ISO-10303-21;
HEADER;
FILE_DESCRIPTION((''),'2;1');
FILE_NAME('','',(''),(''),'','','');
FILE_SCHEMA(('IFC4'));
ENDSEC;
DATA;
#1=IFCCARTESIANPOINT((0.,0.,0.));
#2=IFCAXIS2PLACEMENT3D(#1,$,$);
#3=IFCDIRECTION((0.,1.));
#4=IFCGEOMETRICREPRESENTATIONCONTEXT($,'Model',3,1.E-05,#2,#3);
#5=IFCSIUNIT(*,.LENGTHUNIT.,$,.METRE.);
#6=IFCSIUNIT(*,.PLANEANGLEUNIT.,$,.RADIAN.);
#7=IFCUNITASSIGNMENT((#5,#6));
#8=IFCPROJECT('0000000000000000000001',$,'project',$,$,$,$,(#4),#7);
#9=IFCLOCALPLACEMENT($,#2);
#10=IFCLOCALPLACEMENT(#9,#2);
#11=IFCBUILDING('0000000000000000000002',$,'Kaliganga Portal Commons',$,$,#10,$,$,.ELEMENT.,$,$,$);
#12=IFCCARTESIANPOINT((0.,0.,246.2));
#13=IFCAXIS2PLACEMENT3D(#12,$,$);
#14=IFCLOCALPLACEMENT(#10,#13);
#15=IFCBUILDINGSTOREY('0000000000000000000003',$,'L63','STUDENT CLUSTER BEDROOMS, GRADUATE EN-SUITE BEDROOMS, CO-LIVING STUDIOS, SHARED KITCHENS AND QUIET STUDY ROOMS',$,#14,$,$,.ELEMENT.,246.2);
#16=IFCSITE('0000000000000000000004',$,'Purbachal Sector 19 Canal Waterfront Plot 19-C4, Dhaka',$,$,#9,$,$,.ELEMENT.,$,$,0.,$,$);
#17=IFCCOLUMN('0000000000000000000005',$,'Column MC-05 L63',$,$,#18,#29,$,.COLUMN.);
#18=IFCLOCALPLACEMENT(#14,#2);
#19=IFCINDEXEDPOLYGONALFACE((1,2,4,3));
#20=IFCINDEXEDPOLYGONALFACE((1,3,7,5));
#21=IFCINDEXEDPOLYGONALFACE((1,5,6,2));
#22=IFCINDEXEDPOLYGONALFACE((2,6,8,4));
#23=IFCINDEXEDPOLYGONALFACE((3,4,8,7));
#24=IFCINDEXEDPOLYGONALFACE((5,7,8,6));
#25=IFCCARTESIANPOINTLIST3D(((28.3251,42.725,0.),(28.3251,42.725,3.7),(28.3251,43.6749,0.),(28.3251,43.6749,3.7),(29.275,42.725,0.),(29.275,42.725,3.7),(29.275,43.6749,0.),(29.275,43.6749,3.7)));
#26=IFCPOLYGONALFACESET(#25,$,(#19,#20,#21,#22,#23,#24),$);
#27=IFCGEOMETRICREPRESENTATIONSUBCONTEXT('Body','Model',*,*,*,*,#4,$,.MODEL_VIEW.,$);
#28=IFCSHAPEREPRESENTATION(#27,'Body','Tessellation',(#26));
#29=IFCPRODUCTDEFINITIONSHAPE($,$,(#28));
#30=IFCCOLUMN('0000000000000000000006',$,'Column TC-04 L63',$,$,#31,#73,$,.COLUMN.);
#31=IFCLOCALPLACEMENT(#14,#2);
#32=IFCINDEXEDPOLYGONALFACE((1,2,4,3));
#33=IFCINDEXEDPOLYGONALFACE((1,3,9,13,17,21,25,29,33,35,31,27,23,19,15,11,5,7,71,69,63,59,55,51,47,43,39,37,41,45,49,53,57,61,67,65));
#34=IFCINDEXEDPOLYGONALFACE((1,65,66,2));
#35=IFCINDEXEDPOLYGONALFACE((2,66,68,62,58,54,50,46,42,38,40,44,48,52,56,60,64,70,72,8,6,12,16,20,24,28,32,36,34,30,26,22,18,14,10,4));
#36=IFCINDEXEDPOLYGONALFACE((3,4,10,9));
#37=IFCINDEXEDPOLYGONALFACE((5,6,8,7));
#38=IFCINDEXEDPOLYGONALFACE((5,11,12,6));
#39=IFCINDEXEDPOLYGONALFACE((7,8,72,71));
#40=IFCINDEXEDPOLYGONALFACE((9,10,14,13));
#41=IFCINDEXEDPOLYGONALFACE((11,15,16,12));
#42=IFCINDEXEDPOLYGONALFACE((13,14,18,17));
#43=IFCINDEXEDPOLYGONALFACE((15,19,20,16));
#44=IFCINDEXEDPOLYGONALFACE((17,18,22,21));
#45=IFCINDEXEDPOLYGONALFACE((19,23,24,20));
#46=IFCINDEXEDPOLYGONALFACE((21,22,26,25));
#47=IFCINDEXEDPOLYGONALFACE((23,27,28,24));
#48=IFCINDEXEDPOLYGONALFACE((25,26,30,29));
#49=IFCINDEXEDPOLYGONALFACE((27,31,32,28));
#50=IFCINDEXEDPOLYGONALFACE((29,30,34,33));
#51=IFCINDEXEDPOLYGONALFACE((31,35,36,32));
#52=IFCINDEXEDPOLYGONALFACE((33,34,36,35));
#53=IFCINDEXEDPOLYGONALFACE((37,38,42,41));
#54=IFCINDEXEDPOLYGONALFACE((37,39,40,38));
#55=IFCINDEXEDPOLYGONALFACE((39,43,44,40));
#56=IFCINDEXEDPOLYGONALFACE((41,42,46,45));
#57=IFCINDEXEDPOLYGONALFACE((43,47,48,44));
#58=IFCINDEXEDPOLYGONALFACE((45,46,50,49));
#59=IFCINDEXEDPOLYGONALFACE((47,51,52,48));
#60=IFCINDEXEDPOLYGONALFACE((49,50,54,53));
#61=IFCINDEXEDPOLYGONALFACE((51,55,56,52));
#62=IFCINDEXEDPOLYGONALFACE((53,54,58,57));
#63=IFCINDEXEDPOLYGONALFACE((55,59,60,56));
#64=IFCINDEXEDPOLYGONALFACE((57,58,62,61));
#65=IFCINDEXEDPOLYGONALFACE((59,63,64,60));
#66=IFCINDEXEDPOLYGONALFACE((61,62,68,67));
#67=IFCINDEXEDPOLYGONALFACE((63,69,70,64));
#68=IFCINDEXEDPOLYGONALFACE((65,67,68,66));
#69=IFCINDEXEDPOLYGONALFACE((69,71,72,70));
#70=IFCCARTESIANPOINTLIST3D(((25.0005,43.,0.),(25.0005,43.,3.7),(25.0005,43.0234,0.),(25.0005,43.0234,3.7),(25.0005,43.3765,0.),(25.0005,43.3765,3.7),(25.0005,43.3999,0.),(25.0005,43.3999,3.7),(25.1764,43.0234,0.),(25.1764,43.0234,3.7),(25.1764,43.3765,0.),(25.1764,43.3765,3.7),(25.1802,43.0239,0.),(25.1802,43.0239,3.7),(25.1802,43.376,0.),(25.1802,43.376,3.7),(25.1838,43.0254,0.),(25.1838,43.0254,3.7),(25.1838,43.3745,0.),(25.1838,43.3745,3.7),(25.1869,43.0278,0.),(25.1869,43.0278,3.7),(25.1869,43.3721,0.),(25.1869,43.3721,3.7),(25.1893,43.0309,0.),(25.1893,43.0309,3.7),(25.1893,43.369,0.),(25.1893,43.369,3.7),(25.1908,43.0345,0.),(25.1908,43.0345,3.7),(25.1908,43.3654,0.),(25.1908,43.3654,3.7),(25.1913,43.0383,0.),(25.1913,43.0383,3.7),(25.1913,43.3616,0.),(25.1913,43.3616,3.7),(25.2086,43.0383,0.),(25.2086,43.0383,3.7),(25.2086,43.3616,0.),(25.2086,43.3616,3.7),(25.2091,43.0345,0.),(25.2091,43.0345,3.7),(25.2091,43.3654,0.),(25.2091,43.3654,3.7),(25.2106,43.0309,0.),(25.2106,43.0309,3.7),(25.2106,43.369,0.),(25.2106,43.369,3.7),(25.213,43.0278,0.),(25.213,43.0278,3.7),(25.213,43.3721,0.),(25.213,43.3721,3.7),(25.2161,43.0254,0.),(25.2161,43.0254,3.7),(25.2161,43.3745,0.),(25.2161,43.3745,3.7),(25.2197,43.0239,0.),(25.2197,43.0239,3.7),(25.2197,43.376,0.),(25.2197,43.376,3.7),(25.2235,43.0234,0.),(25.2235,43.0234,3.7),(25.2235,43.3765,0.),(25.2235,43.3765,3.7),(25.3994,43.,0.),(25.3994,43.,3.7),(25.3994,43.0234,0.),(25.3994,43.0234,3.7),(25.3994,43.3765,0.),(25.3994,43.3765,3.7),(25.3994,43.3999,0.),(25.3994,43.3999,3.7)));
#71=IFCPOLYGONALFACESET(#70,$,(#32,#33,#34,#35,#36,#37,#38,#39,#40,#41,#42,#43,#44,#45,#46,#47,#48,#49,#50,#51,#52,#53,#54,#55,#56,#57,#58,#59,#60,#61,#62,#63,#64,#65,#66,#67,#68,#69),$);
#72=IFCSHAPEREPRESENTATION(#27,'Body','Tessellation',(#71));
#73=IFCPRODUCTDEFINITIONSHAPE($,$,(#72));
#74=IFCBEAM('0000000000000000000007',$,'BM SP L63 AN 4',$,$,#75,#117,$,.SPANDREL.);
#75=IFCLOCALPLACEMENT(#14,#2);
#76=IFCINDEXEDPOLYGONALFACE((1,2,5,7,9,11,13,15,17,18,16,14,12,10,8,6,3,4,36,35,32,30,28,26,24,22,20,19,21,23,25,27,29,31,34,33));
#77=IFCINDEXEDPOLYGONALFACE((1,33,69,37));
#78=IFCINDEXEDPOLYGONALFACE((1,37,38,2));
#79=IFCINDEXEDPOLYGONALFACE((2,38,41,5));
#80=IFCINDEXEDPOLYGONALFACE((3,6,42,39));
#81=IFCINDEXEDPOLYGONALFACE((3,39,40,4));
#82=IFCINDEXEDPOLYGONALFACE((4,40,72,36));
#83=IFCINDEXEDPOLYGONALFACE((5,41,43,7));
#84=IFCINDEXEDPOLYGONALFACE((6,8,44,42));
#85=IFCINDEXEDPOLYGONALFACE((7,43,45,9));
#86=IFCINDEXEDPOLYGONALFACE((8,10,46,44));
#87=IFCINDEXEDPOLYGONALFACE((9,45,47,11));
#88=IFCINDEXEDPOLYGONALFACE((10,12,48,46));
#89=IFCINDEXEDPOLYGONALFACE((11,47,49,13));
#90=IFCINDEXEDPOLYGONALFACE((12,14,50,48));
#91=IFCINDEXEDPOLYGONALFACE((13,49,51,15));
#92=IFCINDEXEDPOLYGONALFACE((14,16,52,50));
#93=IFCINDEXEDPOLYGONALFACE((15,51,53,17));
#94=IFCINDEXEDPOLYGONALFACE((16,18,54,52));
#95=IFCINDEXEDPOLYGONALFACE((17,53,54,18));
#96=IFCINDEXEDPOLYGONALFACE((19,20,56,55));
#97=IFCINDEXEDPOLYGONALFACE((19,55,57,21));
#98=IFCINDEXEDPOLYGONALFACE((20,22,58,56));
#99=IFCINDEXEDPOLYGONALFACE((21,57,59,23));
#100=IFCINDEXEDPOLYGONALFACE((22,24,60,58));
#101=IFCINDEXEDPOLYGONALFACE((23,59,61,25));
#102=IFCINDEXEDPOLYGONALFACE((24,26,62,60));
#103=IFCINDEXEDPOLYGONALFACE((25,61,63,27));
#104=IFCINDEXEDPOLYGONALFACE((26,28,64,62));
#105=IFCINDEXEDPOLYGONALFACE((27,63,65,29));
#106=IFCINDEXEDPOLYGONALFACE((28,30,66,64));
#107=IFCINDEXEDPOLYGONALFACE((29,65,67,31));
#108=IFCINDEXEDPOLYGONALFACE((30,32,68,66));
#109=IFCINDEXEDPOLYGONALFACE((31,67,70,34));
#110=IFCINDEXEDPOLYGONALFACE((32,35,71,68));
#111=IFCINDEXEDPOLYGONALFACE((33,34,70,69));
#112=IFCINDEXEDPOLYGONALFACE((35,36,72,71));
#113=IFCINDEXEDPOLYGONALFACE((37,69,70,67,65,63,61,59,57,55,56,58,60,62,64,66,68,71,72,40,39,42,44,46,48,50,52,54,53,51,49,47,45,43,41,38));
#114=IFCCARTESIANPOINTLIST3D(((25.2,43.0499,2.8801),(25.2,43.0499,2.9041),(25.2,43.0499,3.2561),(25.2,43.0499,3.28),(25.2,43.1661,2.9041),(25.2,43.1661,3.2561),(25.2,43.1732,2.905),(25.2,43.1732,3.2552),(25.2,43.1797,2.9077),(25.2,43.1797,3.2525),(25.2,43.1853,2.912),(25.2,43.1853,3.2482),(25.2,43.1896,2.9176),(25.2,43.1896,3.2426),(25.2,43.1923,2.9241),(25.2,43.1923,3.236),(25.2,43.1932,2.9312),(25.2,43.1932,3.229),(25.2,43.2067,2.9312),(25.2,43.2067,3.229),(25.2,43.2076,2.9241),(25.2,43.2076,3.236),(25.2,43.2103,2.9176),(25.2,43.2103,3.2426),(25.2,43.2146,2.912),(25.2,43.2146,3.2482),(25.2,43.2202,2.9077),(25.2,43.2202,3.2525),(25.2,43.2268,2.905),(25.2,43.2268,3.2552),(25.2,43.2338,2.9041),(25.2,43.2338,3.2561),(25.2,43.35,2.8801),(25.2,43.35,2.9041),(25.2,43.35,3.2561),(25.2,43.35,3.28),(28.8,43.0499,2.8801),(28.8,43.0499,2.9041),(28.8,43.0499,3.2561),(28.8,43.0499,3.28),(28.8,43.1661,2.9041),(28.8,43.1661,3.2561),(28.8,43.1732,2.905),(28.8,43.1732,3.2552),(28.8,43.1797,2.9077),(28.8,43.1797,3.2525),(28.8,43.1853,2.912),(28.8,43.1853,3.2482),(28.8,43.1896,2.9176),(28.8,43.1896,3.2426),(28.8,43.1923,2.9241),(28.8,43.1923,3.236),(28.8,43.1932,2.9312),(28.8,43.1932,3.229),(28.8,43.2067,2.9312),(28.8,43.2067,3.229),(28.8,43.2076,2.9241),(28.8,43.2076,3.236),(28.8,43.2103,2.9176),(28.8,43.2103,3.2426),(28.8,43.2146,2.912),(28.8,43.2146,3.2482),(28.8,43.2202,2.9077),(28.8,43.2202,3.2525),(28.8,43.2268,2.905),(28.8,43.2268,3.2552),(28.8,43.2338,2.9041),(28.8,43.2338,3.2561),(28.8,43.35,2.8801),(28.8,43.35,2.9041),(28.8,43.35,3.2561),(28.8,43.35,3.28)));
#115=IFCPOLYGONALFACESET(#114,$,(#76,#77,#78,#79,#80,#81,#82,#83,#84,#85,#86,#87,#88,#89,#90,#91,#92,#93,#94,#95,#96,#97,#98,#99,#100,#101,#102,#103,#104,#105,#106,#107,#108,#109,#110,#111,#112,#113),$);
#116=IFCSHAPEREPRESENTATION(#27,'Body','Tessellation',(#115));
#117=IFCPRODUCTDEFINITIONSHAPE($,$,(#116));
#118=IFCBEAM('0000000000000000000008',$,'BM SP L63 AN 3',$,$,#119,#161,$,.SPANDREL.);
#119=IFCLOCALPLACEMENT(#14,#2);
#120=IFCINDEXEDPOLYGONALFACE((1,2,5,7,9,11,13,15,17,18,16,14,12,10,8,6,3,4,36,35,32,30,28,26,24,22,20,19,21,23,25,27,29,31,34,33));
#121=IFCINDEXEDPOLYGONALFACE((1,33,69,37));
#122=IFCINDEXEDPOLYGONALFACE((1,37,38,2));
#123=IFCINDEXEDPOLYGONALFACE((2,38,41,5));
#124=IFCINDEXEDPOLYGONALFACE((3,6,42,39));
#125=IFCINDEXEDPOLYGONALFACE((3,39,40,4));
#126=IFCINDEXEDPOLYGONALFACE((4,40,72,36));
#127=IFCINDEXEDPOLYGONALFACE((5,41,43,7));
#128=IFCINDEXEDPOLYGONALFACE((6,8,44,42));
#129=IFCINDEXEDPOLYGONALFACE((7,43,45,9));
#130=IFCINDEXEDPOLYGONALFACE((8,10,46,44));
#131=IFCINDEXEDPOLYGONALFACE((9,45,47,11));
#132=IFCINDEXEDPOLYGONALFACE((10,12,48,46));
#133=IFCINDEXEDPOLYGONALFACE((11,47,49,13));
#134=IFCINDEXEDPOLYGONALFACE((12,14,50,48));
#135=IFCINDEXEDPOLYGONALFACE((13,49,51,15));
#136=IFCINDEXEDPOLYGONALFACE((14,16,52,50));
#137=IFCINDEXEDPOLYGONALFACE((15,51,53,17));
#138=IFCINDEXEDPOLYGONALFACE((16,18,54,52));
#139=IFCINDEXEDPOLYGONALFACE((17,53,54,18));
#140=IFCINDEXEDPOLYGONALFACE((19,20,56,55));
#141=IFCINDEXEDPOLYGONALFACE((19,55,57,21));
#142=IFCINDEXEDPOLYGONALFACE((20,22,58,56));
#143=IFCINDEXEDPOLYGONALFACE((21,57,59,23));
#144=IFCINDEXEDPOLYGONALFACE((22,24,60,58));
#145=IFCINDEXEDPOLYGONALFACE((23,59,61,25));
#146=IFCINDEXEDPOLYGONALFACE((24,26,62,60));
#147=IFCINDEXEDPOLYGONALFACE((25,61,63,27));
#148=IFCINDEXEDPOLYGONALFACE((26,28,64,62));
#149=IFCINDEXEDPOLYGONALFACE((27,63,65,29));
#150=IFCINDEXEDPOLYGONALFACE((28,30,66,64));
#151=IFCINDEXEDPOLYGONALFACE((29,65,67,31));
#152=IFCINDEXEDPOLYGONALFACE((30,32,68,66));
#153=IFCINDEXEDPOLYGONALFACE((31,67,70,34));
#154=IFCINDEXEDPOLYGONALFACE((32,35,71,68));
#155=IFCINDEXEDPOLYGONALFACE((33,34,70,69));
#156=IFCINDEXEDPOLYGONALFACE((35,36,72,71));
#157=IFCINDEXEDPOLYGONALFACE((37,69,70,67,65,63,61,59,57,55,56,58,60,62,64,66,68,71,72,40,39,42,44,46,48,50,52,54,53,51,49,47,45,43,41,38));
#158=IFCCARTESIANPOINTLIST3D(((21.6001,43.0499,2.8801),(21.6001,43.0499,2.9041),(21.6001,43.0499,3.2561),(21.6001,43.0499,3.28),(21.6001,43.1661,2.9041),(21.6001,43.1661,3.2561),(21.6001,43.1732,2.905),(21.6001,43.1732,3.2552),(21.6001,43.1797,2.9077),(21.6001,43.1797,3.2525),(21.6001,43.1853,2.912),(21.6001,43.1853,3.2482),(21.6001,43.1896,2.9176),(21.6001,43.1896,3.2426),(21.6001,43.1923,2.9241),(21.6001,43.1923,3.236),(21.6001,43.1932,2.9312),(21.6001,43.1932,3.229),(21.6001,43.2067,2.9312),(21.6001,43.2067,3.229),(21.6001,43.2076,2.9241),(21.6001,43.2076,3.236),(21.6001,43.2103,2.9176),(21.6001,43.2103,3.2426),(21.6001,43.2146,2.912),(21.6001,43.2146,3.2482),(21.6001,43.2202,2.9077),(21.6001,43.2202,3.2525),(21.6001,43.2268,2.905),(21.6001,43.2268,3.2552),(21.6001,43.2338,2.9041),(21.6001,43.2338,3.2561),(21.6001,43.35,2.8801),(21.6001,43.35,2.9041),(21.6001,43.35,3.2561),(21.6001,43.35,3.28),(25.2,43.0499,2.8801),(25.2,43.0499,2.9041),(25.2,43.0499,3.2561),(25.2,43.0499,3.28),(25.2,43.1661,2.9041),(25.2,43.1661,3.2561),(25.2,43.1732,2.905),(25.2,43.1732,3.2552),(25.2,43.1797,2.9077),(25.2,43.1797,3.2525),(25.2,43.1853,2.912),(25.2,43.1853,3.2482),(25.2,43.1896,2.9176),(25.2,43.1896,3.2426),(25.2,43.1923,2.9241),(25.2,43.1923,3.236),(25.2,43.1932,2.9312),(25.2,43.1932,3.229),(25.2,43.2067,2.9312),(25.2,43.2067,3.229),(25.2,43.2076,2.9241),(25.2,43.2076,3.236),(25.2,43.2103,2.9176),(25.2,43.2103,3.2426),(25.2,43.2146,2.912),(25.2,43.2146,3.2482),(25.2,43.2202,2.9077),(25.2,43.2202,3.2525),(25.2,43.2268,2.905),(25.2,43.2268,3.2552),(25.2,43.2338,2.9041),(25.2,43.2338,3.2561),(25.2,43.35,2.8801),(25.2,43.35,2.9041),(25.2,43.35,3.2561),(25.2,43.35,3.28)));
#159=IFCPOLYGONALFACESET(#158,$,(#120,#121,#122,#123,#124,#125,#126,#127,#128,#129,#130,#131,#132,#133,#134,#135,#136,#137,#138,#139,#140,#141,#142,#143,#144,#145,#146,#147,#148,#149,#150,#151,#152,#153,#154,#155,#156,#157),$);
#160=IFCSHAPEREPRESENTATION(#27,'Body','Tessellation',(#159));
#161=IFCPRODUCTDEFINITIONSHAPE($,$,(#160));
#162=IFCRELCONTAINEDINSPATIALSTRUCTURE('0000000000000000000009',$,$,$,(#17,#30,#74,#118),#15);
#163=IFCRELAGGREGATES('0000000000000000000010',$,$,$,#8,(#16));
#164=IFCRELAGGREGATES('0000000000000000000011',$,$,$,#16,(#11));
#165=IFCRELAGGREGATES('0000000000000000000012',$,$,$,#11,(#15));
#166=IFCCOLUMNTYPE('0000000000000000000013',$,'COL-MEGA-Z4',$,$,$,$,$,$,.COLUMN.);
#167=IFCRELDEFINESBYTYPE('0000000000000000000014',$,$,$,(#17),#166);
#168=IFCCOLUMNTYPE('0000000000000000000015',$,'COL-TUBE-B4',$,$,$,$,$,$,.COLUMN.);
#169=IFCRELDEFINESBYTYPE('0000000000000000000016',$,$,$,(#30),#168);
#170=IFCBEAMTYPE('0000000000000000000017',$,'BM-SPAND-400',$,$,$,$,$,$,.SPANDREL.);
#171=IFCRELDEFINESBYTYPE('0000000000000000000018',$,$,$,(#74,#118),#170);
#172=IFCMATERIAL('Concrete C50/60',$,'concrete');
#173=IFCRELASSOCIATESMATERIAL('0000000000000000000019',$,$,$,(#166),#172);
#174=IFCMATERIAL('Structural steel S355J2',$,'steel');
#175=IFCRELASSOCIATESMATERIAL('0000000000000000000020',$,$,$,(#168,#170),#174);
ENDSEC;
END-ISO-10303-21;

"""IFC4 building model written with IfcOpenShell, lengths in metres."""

from ifc_helpers import new_model, si_unit, direction, frame, origin, origin_2d, place, context, subcontext, project, spatial, rectangle, i_section, extrude, source, transform, mapped, material, material_profile, profile_set, type_object, element, save


model = new_model("IFC4")

# Units and contexts
model_context = context("Model", 3, precision=1e-05, world=origin(), true_north=direction((0.0, 1.0)))
body_context = subcontext(model_context, "Body", "Model", "MODEL_VIEW")
ifc_project = project(units=[si_unit("LENGTHUNIT", "METRE"), si_unit("PLANEANGLEUNIT", "RADIAN")], contexts=[model_context])

# Site, building, storey
site_placement = place(None, origin())
site = spatial("IfcSite", under=ifc_project, at=site_placement, Name="Purbachal Sector 19 Canal Waterfront Plot 19-C4, Dhaka", CompositionType="ELEMENT", RefElevation=0.0)
building_placement = place(site_placement, origin())
building = spatial("IfcBuilding", under=site, at=building_placement, Name="Kaliganga Portal Commons", CompositionType="ELEMENT")
storey_placement = place(building_placement, frame((0.0, 0.0, 246.2)))
storey = spatial("IfcBuildingStorey", under=building, at=storey_placement, Name="L63", Description="STUDENT CLUSTER BEDROOMS, GRADUATE EN-SUITE BEDROOMS, CO-LIVING STUDIOS, SHARED KITCHENS AND QUIET STUDY ROOMS", CompositionType="ELEMENT", Elevation=246.2)

# Columns
ifc_material_1 = material(Name="Concrete C50/60", Category="concrete")
ifc_material_profile_1 = material_profile(ifc_material_1, rectangle(XDim=0.95, YDim=0.95, at=origin_2d()), Name="RC 950x950")
ifc_profile_set_1 = profile_set([ifc_material_profile_1], Name="Concrete C50/60")
column_type_1 = type_object("IfcColumnType", Name="COL-MEGA-Z4", PredefinedType="COLUMN", material=ifc_profile_set_1)
shared_shape_1 = source(origin(), body_context, "Body", "SweptSolid", [
    extrude(rectangle(XDim=0.95, YDim=0.95, at=origin_2d()), origin(), (0.0, 0.0, 1.0), 3.7),
])
column_1_placement = place(storey_placement, frame((28.8, 43.2, 0.0), z_axis=(0.0, 0.0, 1.0), x_axis=(1.0, 0.0, 0.0)))
element("IfcColumn", 1, at=column_1_placement, inside=storey, type_object=column_type_1, Name="Column MC-05 L63", PredefinedType="COLUMN", context=body_context, shape_type="MappedRepresentation", body=[
    mapped(shared_shape_1, transform((0.0, 0.0, 0.0), x_axis=(1.0, 0.0, 0.0), y_axis=(0.0, 1.0, 0.0), z_axis=(0.0, 0.0, 1.0), scale=1.0)),
])
ifc_material_2 = material(Name="Structural steel S355J2", Category="steel")
ifc_material_profile_2 = material_profile(ifc_material_2, i_section(OverallWidth=0.3989, OverallDepth=0.3999, WebThickness=0.0173, FlangeThickness=0.0234, FilletRadius=0.0149, at=origin_2d()), Name="HD 400x287")
ifc_profile_set_2 = profile_set([ifc_material_profile_2], Name="Structural steel S355J2 wide-flange")
column_type_2 = type_object("IfcColumnType", Name="COL-TUBE-B4", PredefinedType="COLUMN", material=ifc_profile_set_2)
shared_shape_2 = source(origin(), body_context, "Body", "SweptSolid", [
    extrude(i_section(OverallWidth=0.3989, OverallDepth=0.3999, WebThickness=0.0173, FlangeThickness=0.0234, FilletRadius=0.0149, at=origin_2d()), origin(), (0.0, 0.0, 1.0), 3.7),
])
column_2_placement = place(storey_placement, frame((25.2, 43.2, 0.0), z_axis=(0.0, 0.0, 1.0), x_axis=(1.0, 0.0, 0.0)))
element("IfcColumn", 2, at=column_2_placement, inside=storey, type_object=column_type_2, Name="Column TC-04 L63", PredefinedType="COLUMN", context=body_context, shape_type="MappedRepresentation", body=[
    mapped(shared_shape_2, transform((0.0, 0.0, 0.0), x_axis=(1.0, 0.0, 0.0), y_axis=(0.0, 1.0, 0.0), z_axis=(0.0, 0.0, 1.0), scale=1.0)),
])

# Beams
ifc_material_profile_3 = material_profile(ifc_material_2, i_section(OverallWidth=0.3, OverallDepth=0.3999, WebThickness=0.0134, FlangeThickness=0.0239, FilletRadius=0.0271, at=origin_2d()), Name="HE 400 B")
ifc_profile_set_3 = profile_set([ifc_material_profile_3], Name="Structural steel S355J2 wide-flange")
beam_type = type_object("IfcBeamType", Name="BM-SPAND-400", PredefinedType="SPANDREL", material=ifc_profile_set_3)
shared_shape_3 = source(origin(), body_context, "Body", "SweptSolid", [
    extrude(i_section(OverallWidth=0.3, OverallDepth=0.3999, WebThickness=0.0134, FlangeThickness=0.0239, FilletRadius=0.0271, at=origin_2d()), origin(), (0.0, 0.0, 1.0), 3.6001),
])
beam_placement = place(storey_placement, frame((25.2, 43.2, 3.0801), z_axis=(1.0, 0.0, 0.0), x_axis=(0.0, 1.0, 0.0)))
element("IfcBeam", 3, at=beam_placement, inside=storey, type_object=beam_type, Name="BM SP L63 AN 4", PredefinedType="SPANDREL", context=body_context, shape_type="MappedRepresentation", body=[
    mapped(shared_shape_3, transform((0.0, 0.0, 0.0), x_axis=(1.0, 0.0, 0.0), y_axis=(0.0, 1.0, 0.0), z_axis=(0.0, 0.0, 1.0), scale=1.0)),
])
shared_shape_4 = source(origin(), body_context, "Body", "SweptSolid", [
    extrude(i_section(OverallWidth=0.3, OverallDepth=0.3999, WebThickness=0.0134, FlangeThickness=0.0239, FilletRadius=0.0271, at=origin_2d()), origin(), (0.0, 0.0, 1.0), 3.5999),
])
for number, where, z_axis, x_axis, name in (
    (4, (21.6001, 43.2, 3.0801), (1.0, 0.0, 0.0), (0.0, 1.0, 0.0), "BM SP L63 AN 3"),
):
    element("IfcBeam", number, at=place(storey_placement, frame(where, z_axis=z_axis, x_axis=x_axis)), inside=storey, type_object=beam_type, Name=name, PredefinedType="SPANDREL", context=body_context, shape_type="MappedRepresentation", body=[
        mapped(shared_shape_4, transform((0.0, 0.0, 0.0), x_axis=(1.0, 0.0, 0.0), y_axis=(0.0, 1.0, 0.0), z_axis=(0.0, 0.0, 1.0), scale=1.0)),
    ])

save(model, "model.ifc")
